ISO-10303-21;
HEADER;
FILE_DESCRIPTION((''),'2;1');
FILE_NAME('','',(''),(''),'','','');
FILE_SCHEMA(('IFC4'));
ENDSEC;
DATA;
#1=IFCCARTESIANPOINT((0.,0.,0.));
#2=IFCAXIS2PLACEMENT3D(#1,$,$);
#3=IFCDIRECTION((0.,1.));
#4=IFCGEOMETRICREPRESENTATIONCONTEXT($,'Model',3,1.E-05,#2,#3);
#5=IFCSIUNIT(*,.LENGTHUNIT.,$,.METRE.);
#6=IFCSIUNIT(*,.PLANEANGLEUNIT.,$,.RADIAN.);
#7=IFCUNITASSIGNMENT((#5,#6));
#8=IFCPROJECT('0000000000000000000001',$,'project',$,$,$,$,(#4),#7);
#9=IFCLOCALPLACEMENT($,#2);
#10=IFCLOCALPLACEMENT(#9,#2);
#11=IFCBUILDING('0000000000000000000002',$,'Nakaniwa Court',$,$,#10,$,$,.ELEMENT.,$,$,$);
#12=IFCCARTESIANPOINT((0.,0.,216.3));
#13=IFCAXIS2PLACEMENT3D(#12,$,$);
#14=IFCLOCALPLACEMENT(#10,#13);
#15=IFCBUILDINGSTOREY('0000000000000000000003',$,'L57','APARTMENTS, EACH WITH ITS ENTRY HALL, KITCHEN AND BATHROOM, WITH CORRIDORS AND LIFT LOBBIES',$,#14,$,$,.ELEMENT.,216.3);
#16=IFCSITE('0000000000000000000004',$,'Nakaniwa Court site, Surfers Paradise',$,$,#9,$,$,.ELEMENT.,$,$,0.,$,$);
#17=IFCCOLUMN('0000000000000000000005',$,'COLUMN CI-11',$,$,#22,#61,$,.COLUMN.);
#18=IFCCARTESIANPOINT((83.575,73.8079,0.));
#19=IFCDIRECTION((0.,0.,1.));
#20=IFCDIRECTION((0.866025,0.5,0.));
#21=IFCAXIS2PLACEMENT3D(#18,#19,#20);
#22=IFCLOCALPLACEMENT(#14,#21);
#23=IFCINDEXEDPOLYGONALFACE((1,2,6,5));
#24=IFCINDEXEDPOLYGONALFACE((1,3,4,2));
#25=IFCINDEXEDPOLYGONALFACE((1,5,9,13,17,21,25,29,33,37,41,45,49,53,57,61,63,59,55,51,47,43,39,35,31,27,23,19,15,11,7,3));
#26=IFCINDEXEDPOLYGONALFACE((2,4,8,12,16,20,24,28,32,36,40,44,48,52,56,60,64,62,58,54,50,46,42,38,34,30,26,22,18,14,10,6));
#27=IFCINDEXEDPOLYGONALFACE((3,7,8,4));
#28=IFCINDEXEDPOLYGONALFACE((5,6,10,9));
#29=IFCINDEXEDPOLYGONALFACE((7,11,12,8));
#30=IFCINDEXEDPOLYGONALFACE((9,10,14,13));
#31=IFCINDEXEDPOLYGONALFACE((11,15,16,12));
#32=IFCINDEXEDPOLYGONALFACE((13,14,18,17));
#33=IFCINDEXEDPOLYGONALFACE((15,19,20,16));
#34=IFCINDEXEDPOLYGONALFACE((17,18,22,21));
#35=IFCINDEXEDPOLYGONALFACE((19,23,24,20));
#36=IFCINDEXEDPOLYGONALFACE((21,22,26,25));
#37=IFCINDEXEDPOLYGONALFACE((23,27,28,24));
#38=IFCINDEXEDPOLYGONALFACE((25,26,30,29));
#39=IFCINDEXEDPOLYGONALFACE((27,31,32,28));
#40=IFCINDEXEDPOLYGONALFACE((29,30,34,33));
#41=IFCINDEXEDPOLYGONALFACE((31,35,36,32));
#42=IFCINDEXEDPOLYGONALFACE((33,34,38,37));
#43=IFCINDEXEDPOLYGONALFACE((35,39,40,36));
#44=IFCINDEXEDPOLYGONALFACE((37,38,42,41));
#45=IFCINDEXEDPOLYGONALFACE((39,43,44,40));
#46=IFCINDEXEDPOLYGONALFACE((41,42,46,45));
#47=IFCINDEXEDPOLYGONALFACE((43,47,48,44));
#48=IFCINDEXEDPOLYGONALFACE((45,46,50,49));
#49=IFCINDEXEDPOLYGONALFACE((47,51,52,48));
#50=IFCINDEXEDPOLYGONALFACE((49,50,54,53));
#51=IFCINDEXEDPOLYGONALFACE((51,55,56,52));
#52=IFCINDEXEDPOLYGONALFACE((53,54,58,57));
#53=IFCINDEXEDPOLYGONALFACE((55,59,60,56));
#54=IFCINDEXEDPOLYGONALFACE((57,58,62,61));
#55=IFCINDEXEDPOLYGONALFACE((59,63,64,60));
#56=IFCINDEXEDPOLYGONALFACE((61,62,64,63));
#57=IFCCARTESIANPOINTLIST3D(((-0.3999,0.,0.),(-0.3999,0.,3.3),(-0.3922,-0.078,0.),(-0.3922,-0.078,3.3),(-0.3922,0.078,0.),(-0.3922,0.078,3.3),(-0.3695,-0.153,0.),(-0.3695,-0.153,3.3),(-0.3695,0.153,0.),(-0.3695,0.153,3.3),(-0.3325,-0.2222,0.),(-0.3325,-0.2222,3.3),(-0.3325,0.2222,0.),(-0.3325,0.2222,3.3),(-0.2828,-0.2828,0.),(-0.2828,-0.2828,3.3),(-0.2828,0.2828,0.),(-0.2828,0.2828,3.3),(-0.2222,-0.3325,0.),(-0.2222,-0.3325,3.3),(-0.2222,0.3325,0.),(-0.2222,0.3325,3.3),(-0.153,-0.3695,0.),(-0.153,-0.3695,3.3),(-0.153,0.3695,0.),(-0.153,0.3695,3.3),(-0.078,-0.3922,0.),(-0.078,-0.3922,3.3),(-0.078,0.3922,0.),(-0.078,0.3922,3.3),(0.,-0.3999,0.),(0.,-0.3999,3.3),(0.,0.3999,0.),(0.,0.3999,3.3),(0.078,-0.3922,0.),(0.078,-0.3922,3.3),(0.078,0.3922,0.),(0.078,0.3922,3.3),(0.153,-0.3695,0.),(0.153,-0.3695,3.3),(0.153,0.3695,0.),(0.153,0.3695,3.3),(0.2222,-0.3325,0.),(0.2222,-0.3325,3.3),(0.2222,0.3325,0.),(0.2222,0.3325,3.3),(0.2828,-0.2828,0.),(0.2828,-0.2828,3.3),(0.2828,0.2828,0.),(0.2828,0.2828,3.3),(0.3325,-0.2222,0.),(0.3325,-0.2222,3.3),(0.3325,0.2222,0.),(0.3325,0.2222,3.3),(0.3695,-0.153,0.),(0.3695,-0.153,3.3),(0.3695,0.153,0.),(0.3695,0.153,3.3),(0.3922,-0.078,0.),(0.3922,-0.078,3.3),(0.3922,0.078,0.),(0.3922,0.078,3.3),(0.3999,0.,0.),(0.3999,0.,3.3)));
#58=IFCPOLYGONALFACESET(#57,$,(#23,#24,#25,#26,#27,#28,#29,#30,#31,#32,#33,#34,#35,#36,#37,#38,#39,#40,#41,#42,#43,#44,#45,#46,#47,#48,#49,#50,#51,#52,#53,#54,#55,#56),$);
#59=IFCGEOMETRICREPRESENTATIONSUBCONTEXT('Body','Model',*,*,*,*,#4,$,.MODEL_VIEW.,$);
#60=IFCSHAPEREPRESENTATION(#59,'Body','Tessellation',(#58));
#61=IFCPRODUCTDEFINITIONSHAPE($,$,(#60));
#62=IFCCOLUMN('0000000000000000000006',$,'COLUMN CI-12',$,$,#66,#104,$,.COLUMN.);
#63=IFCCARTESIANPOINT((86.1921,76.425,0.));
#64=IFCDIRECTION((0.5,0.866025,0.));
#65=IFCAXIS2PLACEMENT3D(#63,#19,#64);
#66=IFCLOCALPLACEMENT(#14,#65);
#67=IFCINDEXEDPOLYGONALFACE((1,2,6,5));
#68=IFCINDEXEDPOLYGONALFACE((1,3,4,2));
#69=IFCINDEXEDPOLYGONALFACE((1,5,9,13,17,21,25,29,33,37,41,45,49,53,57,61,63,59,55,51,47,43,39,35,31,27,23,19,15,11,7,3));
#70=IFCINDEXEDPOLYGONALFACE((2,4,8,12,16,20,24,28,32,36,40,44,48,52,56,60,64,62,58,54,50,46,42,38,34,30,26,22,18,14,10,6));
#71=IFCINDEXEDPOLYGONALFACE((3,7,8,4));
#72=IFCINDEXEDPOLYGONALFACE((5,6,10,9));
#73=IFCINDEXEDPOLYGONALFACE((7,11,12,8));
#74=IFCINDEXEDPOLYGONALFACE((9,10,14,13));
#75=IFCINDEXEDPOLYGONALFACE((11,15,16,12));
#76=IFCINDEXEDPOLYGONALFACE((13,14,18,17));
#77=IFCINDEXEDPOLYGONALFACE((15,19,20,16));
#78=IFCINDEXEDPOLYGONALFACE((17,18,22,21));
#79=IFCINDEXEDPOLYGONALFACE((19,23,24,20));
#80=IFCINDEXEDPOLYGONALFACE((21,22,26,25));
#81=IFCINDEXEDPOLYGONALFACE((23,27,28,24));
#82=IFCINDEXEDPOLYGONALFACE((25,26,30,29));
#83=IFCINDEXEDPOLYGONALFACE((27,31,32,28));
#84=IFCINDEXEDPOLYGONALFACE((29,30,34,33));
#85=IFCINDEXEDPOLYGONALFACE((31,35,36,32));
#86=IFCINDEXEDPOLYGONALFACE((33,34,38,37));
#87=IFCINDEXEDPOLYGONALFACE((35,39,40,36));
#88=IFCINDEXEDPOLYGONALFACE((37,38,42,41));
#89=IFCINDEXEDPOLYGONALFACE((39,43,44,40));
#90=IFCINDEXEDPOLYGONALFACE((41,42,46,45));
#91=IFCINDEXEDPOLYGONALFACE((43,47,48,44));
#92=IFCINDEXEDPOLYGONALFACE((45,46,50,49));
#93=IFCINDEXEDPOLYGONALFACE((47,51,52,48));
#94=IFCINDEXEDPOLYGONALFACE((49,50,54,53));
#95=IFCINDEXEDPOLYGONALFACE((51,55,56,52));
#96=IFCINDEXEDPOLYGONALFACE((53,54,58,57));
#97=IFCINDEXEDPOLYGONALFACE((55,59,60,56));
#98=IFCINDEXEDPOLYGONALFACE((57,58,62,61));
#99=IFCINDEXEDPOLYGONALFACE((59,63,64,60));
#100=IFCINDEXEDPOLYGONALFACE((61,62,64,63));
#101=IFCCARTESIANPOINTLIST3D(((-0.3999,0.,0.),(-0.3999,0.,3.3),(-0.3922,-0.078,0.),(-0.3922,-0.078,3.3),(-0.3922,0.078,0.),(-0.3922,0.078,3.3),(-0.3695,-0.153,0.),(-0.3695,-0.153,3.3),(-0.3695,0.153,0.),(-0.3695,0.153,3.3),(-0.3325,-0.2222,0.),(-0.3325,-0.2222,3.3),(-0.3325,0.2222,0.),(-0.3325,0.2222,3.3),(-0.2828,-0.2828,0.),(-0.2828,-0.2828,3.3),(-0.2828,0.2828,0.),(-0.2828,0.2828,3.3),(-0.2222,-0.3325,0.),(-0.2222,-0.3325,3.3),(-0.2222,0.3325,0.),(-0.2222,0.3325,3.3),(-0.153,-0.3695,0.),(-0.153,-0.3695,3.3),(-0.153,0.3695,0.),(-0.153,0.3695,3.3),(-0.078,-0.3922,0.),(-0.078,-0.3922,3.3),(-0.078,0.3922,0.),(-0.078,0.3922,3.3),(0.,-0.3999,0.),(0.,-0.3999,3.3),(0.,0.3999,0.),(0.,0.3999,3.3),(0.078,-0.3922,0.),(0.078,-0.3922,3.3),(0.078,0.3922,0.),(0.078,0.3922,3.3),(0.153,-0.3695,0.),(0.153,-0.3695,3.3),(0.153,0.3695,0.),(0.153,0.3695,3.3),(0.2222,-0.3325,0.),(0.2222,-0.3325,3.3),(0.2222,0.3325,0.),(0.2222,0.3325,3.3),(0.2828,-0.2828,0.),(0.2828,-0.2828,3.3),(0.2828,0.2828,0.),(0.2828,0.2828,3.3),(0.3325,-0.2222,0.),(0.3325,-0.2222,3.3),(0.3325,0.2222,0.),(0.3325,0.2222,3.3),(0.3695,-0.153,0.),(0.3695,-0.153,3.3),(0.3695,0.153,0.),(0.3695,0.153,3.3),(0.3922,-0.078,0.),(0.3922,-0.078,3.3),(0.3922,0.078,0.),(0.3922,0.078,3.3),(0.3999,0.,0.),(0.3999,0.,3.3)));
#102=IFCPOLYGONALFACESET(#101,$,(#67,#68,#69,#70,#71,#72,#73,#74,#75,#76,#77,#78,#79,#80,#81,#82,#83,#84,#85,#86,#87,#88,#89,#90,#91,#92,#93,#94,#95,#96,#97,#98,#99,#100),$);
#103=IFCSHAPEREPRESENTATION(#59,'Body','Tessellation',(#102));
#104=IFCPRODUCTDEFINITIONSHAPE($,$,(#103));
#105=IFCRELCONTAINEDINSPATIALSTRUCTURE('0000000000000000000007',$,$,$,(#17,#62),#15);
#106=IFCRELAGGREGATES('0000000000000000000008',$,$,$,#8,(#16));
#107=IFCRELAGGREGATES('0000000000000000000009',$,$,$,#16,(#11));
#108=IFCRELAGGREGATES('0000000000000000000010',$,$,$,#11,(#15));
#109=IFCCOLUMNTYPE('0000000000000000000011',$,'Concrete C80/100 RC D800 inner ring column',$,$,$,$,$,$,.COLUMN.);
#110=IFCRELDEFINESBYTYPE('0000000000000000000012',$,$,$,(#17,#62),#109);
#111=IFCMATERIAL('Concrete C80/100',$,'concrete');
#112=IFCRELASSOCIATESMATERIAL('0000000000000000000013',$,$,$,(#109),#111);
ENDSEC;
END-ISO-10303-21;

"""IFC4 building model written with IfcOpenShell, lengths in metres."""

from ifc_helpers import new_model, si_unit, direction, frame, origin, origin_2d, place, context, subcontext, project, spatial, circle, extrude, material, material_profile, profile_set, type_object, element, save


model = new_model("IFC4")

# Units and contexts
model_context = context("Model", 3, precision=1e-05, world=origin(), true_north=direction((0.0, 1.0)))
body_context = subcontext(model_context, "Body", "Model", "MODEL_VIEW")
ifc_project = project(units=[si_unit("LENGTHUNIT", "METRE"), si_unit("PLANEANGLEUNIT", "RADIAN")], contexts=[model_context])

# Site, building, storey
site_placement = place(None, origin())
site = spatial("IfcSite", under=ifc_project, at=site_placement, Name="Nakaniwa Court site, Surfers Paradise", CompositionType="ELEMENT", RefElevation=0.0)
building_placement = place(site_placement, origin())
building = spatial("IfcBuilding", under=site, at=building_placement, Name="Nakaniwa Court", CompositionType="ELEMENT")
storey_placement = place(building_placement, frame((0.0, 0.0, 216.3)))
storey = spatial("IfcBuildingStorey", under=building, at=storey_placement, Name="L57", Description="APARTMENTS, EACH WITH ITS ENTRY HALL, KITCHEN AND BATHROOM, WITH CORRIDORS AND LIFT LOBBIES", CompositionType="ELEMENT", Elevation=216.3)

# Columns
ifc_material_1 = material(Name="Concrete C80/100", Category="concrete")
ifc_material_profile_1 = material_profile(ifc_material_1, circle(Radius=0.3999, at=origin_2d()), Name="Concrete C80/100 RC D800 inner ring column")
ifc_profile_set_1 = profile_set([ifc_material_profile_1], Name="Concrete C80/100")
column_type = type_object("IfcColumnType", Name="Concrete C80/100 RC D800 inner ring column", PredefinedType="COLUMN", material=ifc_profile_set_1)
for number, where, z_axis, x_axis, name in (
    (1, (83.575, 73.8079, 0.0), (0.0, 0.0, 1.0), (0.866025, 0.5, 0.0), "COLUMN CI-11"),
    (2, (86.1921, 76.425, 0.0), (0.0, 0.0, 1.0), (0.5, 0.866025, 0.0), "COLUMN CI-12"),
):
    element("IfcColumn", number, at=place(storey_placement, frame(where, z_axis=z_axis, x_axis=x_axis)), inside=storey, type_object=column_type, Name=name, PredefinedType="COLUMN", context=body_context, shape_type="SweptSolid", body=[
        extrude(circle(Radius=0.3999, at=origin_2d()), origin(), (0.0, 0.0, 1.0), 3.3),
    ])

save(model, "model.ifc")
